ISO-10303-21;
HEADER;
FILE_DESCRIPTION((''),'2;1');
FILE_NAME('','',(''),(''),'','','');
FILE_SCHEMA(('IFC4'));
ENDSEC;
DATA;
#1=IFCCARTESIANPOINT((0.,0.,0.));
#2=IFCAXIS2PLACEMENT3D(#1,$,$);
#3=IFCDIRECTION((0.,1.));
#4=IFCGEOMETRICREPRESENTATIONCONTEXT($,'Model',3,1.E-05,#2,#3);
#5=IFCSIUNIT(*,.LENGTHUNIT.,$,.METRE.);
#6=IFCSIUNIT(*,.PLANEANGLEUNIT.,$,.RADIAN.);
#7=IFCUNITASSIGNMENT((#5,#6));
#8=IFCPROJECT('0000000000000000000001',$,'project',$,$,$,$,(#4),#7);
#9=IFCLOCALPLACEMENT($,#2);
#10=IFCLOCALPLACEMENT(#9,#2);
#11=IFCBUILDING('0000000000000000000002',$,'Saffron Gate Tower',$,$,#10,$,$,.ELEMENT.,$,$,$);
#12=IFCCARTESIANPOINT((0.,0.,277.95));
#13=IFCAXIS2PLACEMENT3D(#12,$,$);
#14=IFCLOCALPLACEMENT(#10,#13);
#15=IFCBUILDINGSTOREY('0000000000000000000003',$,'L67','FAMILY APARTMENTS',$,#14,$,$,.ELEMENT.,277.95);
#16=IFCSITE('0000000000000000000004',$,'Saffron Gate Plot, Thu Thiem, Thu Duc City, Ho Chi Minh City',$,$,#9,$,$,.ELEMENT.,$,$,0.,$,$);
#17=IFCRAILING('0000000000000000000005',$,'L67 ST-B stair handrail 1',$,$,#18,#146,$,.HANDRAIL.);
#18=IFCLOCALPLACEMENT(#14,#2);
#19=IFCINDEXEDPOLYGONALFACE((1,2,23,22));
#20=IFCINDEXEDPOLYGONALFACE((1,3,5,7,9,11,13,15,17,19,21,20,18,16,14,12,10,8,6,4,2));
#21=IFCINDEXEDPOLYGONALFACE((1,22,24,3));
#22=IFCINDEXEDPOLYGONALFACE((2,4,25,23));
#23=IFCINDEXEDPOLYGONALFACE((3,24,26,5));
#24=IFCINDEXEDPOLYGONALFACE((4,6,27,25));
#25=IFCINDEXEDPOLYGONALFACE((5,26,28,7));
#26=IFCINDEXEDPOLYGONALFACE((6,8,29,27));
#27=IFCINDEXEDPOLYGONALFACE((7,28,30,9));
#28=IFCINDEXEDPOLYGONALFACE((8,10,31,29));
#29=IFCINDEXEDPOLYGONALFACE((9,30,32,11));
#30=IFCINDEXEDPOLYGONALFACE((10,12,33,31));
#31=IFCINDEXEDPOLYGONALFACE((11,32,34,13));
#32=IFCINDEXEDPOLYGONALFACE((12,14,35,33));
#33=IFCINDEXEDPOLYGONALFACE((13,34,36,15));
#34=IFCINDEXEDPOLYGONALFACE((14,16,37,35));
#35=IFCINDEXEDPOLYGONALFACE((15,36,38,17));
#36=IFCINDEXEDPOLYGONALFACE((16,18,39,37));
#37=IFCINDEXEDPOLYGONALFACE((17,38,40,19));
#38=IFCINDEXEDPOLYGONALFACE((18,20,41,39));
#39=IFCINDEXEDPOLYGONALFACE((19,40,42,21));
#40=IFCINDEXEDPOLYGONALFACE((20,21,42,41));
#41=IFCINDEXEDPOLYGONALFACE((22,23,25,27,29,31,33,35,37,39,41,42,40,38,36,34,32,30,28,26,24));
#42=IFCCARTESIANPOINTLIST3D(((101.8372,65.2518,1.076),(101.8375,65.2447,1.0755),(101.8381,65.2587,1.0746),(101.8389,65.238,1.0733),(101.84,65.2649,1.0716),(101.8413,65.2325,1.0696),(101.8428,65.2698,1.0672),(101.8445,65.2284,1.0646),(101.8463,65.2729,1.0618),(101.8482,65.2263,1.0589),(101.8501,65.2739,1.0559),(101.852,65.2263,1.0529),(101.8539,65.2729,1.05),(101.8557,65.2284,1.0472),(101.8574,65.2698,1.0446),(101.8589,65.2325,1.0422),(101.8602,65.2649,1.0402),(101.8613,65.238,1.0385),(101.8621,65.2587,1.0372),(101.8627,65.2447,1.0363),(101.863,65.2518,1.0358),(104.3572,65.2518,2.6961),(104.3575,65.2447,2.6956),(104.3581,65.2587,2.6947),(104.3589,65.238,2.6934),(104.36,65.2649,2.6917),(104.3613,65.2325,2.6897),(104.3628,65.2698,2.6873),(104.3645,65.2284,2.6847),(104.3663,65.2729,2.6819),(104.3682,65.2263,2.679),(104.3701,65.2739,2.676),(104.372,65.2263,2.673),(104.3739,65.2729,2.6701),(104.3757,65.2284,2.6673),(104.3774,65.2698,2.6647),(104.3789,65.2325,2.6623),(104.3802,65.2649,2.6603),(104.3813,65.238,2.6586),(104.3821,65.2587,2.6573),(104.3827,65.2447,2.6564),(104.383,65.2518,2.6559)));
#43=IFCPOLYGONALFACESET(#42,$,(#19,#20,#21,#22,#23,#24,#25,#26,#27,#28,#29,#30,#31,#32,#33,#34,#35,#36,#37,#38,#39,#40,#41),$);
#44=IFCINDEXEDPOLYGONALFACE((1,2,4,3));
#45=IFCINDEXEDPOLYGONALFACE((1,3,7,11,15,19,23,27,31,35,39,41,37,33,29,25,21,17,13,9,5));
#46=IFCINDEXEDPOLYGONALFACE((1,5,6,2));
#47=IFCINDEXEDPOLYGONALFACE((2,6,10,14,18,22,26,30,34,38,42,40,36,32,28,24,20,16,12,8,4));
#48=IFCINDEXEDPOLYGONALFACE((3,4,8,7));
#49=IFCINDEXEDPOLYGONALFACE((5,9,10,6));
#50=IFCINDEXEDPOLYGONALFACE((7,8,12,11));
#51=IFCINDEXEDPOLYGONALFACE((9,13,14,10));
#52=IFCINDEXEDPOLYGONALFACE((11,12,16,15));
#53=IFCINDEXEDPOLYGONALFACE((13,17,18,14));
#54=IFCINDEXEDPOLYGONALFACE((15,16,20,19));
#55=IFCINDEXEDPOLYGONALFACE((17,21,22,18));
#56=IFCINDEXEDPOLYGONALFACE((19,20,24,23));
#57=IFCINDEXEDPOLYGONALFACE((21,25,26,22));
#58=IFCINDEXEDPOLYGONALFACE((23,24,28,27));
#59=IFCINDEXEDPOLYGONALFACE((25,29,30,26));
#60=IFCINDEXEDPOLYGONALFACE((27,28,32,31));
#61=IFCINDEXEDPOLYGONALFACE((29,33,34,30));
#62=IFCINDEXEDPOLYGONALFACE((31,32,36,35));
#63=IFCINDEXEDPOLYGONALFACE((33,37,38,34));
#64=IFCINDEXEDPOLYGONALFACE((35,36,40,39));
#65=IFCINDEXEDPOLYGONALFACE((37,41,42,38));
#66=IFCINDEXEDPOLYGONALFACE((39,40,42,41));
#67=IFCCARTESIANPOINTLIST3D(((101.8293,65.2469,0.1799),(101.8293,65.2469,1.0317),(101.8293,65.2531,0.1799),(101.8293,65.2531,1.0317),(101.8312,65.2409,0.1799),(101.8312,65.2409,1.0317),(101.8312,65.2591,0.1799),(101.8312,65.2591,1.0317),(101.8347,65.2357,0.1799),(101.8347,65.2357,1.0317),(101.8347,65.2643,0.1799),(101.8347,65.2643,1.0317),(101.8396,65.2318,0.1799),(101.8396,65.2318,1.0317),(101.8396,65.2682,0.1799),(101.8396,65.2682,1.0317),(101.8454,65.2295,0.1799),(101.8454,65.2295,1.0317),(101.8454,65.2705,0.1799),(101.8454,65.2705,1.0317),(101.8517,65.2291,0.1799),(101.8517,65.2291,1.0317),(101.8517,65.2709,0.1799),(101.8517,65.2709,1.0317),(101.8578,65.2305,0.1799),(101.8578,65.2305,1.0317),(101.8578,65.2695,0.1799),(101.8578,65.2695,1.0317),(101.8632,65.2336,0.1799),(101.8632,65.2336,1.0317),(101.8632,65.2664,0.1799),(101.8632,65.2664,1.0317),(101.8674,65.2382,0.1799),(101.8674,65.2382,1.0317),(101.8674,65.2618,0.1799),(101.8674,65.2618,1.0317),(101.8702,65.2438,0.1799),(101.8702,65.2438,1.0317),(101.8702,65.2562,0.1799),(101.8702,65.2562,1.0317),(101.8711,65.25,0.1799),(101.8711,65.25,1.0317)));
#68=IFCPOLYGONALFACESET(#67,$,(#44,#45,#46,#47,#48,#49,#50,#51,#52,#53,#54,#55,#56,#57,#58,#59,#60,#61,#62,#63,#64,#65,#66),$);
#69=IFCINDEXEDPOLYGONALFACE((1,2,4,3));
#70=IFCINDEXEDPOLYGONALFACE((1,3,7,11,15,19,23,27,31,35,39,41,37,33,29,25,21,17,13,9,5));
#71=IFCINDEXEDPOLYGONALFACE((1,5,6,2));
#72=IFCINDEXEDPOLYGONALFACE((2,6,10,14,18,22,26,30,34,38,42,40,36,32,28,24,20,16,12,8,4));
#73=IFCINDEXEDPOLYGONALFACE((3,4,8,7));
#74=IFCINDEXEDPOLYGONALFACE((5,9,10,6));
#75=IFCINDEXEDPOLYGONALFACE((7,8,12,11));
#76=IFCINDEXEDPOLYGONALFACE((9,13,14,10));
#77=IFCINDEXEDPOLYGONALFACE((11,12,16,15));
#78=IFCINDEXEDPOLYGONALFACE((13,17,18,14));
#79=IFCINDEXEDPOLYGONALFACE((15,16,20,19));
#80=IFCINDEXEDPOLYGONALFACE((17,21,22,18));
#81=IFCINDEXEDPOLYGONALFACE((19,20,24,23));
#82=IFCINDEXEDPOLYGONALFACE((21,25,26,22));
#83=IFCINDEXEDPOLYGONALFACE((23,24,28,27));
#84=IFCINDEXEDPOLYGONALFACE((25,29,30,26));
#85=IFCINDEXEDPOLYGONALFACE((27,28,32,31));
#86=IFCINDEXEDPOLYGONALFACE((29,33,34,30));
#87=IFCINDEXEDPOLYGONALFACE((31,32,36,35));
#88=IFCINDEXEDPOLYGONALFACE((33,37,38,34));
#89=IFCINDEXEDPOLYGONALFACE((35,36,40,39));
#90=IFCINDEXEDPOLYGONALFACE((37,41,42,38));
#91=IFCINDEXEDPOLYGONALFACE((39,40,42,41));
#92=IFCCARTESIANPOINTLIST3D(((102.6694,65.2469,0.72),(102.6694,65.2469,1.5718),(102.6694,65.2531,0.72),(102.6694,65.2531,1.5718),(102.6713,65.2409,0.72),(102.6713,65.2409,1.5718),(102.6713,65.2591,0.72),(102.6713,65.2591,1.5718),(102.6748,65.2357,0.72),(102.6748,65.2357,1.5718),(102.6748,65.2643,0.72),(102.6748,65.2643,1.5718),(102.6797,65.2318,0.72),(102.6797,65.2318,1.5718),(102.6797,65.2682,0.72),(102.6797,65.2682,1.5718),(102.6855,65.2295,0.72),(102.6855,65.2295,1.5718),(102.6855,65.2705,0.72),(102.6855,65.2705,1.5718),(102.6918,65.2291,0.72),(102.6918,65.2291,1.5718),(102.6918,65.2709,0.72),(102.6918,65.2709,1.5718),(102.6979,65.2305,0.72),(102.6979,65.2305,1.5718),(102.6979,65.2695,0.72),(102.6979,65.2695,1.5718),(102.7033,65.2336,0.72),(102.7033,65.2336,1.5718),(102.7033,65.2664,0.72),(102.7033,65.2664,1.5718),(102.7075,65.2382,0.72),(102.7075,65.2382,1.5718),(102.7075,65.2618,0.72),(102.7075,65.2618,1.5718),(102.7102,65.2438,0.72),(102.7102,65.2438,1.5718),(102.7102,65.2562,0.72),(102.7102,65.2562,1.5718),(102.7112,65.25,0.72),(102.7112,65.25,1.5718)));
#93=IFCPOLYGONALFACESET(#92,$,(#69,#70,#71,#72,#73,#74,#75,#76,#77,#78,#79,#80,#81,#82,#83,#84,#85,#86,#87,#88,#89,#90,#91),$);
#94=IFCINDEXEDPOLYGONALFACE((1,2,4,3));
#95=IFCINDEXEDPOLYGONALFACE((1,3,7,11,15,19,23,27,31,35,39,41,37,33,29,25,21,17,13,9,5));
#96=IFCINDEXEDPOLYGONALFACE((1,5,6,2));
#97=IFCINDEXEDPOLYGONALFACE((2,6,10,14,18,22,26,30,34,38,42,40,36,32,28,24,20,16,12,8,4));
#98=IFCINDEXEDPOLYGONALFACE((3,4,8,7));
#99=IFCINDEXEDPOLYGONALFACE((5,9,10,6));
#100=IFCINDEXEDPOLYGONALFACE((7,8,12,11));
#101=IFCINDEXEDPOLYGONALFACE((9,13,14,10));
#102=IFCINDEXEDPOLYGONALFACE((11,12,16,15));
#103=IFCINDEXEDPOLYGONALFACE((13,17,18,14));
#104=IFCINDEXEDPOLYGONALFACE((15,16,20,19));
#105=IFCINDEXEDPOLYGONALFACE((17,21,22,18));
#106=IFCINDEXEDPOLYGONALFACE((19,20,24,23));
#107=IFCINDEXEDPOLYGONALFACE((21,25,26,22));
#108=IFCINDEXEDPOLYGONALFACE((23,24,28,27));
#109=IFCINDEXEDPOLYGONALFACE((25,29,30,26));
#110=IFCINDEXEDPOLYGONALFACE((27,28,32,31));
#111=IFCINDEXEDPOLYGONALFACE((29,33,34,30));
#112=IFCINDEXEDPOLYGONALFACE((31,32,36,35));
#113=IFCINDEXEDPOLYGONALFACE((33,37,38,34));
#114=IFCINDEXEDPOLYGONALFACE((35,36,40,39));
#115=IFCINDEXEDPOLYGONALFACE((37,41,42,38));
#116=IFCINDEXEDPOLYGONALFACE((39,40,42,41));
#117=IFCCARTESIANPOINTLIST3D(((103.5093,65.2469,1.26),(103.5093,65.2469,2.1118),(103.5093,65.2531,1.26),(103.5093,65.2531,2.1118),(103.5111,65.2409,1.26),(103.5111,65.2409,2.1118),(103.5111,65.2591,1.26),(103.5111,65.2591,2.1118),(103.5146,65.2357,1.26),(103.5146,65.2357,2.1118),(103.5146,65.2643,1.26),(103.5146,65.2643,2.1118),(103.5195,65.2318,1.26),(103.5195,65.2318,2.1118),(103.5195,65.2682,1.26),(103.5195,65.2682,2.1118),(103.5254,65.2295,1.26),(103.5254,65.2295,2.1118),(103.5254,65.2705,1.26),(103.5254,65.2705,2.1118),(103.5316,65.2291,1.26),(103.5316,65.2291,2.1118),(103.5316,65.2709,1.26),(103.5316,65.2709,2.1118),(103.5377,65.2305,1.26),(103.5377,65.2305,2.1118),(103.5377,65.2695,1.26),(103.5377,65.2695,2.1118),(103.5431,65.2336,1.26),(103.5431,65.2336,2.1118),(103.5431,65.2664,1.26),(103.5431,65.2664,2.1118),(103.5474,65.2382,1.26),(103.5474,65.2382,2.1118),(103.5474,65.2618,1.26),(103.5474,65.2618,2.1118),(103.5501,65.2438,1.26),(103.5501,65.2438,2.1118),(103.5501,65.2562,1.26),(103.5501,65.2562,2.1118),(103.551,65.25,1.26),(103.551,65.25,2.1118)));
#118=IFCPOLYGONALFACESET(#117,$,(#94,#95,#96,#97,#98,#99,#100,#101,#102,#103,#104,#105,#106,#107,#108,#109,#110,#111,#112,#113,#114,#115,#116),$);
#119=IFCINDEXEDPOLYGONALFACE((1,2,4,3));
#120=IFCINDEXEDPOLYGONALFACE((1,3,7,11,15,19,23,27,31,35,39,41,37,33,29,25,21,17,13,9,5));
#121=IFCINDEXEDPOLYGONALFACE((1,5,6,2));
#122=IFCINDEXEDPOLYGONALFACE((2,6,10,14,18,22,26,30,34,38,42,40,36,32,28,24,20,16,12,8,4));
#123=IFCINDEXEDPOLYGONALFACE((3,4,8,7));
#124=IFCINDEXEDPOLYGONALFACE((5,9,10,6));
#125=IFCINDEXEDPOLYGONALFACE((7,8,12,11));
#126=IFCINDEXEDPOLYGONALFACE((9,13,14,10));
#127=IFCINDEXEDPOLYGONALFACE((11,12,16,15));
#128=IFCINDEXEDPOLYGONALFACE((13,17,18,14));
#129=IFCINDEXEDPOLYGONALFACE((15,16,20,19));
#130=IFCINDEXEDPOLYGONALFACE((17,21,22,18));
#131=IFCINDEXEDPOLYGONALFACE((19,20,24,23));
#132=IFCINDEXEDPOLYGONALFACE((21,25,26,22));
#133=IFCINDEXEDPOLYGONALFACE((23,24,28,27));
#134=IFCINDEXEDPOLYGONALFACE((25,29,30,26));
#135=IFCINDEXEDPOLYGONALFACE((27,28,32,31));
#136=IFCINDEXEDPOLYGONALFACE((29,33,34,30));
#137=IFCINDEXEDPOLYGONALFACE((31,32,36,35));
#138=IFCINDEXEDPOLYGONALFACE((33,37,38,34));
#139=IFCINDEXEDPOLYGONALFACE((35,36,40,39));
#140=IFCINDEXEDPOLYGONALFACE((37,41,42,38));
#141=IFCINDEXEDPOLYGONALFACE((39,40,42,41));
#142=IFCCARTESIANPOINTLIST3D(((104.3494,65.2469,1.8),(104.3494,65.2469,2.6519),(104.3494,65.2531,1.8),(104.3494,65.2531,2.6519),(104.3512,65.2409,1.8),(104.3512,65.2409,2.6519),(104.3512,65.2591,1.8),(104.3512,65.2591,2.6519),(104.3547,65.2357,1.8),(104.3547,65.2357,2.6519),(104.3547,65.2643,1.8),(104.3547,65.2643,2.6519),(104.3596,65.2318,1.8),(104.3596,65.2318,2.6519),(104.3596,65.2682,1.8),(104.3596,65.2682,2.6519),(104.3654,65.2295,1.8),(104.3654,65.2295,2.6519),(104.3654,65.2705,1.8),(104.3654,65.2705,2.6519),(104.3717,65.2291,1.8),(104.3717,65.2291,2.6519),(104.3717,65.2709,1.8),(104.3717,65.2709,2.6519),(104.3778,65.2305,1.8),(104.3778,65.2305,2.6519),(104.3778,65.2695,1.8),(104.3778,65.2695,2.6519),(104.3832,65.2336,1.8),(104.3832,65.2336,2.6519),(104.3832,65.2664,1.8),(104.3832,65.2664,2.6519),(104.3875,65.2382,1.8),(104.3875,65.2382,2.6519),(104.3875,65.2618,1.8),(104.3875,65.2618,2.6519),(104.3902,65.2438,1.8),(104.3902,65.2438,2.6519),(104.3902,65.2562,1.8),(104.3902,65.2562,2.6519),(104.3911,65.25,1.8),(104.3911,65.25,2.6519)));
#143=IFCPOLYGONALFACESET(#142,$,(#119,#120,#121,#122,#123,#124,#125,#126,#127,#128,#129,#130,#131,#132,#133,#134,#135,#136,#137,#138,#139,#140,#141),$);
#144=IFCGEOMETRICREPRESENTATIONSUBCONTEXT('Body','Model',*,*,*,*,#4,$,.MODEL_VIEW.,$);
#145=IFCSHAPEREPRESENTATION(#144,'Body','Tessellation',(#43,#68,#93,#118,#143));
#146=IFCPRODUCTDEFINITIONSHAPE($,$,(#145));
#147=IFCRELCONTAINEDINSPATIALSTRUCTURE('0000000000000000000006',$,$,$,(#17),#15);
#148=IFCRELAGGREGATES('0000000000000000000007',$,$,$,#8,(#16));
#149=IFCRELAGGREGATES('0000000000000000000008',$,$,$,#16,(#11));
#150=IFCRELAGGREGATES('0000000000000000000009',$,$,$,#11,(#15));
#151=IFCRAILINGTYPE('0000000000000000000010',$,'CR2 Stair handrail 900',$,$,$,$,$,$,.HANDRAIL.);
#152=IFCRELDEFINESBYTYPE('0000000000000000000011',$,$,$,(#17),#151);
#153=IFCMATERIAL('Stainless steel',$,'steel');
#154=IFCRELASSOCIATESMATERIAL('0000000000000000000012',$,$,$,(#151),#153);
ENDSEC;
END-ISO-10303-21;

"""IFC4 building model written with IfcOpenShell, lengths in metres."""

from ifc_helpers import new_model, si_unit, direction, frame, origin, origin_2d, place, context, subcontext, project, spatial, circle, extrude, material, type_object, element, save


model = new_model("IFC4")

# Units and contexts
model_context = context("Model", 3, precision=1e-05, world=origin(), true_north=direction((0.0, 1.0)))
body_context = subcontext(model_context, "Body", "Model", "MODEL_VIEW")
ifc_project = project(units=[si_unit("LENGTHUNIT", "METRE"), si_unit("PLANEANGLEUNIT", "RADIAN")], contexts=[model_context])

# Site, building, storey
site_placement = place(None, origin())
site = spatial("IfcSite", under=ifc_project, at=site_placement, Name="Saffron Gate Plot, Thu Thiem, Thu Duc City, Ho Chi Minh City", CompositionType="ELEMENT", RefElevation=0.0)
building_placement = place(site_placement, origin())
building = spatial("IfcBuilding", under=site, at=building_placement, Name="Saffron Gate Tower", CompositionType="ELEMENT")
storey_placement = place(building_placement, frame((0.0, 0.0, 277.95)))
storey = spatial("IfcBuildingStorey", under=building, at=storey_placement, Name="L67", Description="FAMILY APARTMENTS", CompositionType="ELEMENT", Elevation=277.95)

# Railing
ifc_material_1 = material(Name="Stainless steel", Category="steel")
railing_type_1 = type_object("IfcRailingType", Name="CR2 Stair handrail 900", PredefinedType="HANDRAIL", material=ifc_material_1)
railing_1_placement = place(storey_placement, frame((101.8501, 65.25, 0.1799)))
element("IfcRailing", 1, at=railing_1_placement, inside=storey, type_object=railing_type_1, Name="L67 ST-B stair handrail 1", PredefinedType="HANDRAIL", context=body_context, shape_type="SweptSolid", body=[
    extrude(circle(Radius=0.0239, at=origin_2d()), frame((0.0, 0.0, 0.876), z_axis=(0.841163, 0.0, 0.540782), x_axis=(0.0, 1.0, 0.0)), (0.0, 0.0, 1.0), 2.9958),
    extrude(circle(Radius=0.021, at=origin_2d()), origin(), (0.0, 0.0, 1.0), 0.8518),
    extrude(circle(Radius=0.021, at=origin_2d()), frame((0.8401, 0.0, 0.54)), (0.0, 0.0, 1.0), 0.8518),
    extrude(circle(Radius=0.021, at=origin_2d()), frame((1.6799, 0.0, 1.0801)), (0.0, 0.0, 1.0), 0.8518),
    extrude(circle(Radius=0.021, at=origin_2d()), frame((2.52, 0.0, 1.6201)), (0.0, 0.0, 1.0), 0.8518),
])

save(model, "model.ifc")
